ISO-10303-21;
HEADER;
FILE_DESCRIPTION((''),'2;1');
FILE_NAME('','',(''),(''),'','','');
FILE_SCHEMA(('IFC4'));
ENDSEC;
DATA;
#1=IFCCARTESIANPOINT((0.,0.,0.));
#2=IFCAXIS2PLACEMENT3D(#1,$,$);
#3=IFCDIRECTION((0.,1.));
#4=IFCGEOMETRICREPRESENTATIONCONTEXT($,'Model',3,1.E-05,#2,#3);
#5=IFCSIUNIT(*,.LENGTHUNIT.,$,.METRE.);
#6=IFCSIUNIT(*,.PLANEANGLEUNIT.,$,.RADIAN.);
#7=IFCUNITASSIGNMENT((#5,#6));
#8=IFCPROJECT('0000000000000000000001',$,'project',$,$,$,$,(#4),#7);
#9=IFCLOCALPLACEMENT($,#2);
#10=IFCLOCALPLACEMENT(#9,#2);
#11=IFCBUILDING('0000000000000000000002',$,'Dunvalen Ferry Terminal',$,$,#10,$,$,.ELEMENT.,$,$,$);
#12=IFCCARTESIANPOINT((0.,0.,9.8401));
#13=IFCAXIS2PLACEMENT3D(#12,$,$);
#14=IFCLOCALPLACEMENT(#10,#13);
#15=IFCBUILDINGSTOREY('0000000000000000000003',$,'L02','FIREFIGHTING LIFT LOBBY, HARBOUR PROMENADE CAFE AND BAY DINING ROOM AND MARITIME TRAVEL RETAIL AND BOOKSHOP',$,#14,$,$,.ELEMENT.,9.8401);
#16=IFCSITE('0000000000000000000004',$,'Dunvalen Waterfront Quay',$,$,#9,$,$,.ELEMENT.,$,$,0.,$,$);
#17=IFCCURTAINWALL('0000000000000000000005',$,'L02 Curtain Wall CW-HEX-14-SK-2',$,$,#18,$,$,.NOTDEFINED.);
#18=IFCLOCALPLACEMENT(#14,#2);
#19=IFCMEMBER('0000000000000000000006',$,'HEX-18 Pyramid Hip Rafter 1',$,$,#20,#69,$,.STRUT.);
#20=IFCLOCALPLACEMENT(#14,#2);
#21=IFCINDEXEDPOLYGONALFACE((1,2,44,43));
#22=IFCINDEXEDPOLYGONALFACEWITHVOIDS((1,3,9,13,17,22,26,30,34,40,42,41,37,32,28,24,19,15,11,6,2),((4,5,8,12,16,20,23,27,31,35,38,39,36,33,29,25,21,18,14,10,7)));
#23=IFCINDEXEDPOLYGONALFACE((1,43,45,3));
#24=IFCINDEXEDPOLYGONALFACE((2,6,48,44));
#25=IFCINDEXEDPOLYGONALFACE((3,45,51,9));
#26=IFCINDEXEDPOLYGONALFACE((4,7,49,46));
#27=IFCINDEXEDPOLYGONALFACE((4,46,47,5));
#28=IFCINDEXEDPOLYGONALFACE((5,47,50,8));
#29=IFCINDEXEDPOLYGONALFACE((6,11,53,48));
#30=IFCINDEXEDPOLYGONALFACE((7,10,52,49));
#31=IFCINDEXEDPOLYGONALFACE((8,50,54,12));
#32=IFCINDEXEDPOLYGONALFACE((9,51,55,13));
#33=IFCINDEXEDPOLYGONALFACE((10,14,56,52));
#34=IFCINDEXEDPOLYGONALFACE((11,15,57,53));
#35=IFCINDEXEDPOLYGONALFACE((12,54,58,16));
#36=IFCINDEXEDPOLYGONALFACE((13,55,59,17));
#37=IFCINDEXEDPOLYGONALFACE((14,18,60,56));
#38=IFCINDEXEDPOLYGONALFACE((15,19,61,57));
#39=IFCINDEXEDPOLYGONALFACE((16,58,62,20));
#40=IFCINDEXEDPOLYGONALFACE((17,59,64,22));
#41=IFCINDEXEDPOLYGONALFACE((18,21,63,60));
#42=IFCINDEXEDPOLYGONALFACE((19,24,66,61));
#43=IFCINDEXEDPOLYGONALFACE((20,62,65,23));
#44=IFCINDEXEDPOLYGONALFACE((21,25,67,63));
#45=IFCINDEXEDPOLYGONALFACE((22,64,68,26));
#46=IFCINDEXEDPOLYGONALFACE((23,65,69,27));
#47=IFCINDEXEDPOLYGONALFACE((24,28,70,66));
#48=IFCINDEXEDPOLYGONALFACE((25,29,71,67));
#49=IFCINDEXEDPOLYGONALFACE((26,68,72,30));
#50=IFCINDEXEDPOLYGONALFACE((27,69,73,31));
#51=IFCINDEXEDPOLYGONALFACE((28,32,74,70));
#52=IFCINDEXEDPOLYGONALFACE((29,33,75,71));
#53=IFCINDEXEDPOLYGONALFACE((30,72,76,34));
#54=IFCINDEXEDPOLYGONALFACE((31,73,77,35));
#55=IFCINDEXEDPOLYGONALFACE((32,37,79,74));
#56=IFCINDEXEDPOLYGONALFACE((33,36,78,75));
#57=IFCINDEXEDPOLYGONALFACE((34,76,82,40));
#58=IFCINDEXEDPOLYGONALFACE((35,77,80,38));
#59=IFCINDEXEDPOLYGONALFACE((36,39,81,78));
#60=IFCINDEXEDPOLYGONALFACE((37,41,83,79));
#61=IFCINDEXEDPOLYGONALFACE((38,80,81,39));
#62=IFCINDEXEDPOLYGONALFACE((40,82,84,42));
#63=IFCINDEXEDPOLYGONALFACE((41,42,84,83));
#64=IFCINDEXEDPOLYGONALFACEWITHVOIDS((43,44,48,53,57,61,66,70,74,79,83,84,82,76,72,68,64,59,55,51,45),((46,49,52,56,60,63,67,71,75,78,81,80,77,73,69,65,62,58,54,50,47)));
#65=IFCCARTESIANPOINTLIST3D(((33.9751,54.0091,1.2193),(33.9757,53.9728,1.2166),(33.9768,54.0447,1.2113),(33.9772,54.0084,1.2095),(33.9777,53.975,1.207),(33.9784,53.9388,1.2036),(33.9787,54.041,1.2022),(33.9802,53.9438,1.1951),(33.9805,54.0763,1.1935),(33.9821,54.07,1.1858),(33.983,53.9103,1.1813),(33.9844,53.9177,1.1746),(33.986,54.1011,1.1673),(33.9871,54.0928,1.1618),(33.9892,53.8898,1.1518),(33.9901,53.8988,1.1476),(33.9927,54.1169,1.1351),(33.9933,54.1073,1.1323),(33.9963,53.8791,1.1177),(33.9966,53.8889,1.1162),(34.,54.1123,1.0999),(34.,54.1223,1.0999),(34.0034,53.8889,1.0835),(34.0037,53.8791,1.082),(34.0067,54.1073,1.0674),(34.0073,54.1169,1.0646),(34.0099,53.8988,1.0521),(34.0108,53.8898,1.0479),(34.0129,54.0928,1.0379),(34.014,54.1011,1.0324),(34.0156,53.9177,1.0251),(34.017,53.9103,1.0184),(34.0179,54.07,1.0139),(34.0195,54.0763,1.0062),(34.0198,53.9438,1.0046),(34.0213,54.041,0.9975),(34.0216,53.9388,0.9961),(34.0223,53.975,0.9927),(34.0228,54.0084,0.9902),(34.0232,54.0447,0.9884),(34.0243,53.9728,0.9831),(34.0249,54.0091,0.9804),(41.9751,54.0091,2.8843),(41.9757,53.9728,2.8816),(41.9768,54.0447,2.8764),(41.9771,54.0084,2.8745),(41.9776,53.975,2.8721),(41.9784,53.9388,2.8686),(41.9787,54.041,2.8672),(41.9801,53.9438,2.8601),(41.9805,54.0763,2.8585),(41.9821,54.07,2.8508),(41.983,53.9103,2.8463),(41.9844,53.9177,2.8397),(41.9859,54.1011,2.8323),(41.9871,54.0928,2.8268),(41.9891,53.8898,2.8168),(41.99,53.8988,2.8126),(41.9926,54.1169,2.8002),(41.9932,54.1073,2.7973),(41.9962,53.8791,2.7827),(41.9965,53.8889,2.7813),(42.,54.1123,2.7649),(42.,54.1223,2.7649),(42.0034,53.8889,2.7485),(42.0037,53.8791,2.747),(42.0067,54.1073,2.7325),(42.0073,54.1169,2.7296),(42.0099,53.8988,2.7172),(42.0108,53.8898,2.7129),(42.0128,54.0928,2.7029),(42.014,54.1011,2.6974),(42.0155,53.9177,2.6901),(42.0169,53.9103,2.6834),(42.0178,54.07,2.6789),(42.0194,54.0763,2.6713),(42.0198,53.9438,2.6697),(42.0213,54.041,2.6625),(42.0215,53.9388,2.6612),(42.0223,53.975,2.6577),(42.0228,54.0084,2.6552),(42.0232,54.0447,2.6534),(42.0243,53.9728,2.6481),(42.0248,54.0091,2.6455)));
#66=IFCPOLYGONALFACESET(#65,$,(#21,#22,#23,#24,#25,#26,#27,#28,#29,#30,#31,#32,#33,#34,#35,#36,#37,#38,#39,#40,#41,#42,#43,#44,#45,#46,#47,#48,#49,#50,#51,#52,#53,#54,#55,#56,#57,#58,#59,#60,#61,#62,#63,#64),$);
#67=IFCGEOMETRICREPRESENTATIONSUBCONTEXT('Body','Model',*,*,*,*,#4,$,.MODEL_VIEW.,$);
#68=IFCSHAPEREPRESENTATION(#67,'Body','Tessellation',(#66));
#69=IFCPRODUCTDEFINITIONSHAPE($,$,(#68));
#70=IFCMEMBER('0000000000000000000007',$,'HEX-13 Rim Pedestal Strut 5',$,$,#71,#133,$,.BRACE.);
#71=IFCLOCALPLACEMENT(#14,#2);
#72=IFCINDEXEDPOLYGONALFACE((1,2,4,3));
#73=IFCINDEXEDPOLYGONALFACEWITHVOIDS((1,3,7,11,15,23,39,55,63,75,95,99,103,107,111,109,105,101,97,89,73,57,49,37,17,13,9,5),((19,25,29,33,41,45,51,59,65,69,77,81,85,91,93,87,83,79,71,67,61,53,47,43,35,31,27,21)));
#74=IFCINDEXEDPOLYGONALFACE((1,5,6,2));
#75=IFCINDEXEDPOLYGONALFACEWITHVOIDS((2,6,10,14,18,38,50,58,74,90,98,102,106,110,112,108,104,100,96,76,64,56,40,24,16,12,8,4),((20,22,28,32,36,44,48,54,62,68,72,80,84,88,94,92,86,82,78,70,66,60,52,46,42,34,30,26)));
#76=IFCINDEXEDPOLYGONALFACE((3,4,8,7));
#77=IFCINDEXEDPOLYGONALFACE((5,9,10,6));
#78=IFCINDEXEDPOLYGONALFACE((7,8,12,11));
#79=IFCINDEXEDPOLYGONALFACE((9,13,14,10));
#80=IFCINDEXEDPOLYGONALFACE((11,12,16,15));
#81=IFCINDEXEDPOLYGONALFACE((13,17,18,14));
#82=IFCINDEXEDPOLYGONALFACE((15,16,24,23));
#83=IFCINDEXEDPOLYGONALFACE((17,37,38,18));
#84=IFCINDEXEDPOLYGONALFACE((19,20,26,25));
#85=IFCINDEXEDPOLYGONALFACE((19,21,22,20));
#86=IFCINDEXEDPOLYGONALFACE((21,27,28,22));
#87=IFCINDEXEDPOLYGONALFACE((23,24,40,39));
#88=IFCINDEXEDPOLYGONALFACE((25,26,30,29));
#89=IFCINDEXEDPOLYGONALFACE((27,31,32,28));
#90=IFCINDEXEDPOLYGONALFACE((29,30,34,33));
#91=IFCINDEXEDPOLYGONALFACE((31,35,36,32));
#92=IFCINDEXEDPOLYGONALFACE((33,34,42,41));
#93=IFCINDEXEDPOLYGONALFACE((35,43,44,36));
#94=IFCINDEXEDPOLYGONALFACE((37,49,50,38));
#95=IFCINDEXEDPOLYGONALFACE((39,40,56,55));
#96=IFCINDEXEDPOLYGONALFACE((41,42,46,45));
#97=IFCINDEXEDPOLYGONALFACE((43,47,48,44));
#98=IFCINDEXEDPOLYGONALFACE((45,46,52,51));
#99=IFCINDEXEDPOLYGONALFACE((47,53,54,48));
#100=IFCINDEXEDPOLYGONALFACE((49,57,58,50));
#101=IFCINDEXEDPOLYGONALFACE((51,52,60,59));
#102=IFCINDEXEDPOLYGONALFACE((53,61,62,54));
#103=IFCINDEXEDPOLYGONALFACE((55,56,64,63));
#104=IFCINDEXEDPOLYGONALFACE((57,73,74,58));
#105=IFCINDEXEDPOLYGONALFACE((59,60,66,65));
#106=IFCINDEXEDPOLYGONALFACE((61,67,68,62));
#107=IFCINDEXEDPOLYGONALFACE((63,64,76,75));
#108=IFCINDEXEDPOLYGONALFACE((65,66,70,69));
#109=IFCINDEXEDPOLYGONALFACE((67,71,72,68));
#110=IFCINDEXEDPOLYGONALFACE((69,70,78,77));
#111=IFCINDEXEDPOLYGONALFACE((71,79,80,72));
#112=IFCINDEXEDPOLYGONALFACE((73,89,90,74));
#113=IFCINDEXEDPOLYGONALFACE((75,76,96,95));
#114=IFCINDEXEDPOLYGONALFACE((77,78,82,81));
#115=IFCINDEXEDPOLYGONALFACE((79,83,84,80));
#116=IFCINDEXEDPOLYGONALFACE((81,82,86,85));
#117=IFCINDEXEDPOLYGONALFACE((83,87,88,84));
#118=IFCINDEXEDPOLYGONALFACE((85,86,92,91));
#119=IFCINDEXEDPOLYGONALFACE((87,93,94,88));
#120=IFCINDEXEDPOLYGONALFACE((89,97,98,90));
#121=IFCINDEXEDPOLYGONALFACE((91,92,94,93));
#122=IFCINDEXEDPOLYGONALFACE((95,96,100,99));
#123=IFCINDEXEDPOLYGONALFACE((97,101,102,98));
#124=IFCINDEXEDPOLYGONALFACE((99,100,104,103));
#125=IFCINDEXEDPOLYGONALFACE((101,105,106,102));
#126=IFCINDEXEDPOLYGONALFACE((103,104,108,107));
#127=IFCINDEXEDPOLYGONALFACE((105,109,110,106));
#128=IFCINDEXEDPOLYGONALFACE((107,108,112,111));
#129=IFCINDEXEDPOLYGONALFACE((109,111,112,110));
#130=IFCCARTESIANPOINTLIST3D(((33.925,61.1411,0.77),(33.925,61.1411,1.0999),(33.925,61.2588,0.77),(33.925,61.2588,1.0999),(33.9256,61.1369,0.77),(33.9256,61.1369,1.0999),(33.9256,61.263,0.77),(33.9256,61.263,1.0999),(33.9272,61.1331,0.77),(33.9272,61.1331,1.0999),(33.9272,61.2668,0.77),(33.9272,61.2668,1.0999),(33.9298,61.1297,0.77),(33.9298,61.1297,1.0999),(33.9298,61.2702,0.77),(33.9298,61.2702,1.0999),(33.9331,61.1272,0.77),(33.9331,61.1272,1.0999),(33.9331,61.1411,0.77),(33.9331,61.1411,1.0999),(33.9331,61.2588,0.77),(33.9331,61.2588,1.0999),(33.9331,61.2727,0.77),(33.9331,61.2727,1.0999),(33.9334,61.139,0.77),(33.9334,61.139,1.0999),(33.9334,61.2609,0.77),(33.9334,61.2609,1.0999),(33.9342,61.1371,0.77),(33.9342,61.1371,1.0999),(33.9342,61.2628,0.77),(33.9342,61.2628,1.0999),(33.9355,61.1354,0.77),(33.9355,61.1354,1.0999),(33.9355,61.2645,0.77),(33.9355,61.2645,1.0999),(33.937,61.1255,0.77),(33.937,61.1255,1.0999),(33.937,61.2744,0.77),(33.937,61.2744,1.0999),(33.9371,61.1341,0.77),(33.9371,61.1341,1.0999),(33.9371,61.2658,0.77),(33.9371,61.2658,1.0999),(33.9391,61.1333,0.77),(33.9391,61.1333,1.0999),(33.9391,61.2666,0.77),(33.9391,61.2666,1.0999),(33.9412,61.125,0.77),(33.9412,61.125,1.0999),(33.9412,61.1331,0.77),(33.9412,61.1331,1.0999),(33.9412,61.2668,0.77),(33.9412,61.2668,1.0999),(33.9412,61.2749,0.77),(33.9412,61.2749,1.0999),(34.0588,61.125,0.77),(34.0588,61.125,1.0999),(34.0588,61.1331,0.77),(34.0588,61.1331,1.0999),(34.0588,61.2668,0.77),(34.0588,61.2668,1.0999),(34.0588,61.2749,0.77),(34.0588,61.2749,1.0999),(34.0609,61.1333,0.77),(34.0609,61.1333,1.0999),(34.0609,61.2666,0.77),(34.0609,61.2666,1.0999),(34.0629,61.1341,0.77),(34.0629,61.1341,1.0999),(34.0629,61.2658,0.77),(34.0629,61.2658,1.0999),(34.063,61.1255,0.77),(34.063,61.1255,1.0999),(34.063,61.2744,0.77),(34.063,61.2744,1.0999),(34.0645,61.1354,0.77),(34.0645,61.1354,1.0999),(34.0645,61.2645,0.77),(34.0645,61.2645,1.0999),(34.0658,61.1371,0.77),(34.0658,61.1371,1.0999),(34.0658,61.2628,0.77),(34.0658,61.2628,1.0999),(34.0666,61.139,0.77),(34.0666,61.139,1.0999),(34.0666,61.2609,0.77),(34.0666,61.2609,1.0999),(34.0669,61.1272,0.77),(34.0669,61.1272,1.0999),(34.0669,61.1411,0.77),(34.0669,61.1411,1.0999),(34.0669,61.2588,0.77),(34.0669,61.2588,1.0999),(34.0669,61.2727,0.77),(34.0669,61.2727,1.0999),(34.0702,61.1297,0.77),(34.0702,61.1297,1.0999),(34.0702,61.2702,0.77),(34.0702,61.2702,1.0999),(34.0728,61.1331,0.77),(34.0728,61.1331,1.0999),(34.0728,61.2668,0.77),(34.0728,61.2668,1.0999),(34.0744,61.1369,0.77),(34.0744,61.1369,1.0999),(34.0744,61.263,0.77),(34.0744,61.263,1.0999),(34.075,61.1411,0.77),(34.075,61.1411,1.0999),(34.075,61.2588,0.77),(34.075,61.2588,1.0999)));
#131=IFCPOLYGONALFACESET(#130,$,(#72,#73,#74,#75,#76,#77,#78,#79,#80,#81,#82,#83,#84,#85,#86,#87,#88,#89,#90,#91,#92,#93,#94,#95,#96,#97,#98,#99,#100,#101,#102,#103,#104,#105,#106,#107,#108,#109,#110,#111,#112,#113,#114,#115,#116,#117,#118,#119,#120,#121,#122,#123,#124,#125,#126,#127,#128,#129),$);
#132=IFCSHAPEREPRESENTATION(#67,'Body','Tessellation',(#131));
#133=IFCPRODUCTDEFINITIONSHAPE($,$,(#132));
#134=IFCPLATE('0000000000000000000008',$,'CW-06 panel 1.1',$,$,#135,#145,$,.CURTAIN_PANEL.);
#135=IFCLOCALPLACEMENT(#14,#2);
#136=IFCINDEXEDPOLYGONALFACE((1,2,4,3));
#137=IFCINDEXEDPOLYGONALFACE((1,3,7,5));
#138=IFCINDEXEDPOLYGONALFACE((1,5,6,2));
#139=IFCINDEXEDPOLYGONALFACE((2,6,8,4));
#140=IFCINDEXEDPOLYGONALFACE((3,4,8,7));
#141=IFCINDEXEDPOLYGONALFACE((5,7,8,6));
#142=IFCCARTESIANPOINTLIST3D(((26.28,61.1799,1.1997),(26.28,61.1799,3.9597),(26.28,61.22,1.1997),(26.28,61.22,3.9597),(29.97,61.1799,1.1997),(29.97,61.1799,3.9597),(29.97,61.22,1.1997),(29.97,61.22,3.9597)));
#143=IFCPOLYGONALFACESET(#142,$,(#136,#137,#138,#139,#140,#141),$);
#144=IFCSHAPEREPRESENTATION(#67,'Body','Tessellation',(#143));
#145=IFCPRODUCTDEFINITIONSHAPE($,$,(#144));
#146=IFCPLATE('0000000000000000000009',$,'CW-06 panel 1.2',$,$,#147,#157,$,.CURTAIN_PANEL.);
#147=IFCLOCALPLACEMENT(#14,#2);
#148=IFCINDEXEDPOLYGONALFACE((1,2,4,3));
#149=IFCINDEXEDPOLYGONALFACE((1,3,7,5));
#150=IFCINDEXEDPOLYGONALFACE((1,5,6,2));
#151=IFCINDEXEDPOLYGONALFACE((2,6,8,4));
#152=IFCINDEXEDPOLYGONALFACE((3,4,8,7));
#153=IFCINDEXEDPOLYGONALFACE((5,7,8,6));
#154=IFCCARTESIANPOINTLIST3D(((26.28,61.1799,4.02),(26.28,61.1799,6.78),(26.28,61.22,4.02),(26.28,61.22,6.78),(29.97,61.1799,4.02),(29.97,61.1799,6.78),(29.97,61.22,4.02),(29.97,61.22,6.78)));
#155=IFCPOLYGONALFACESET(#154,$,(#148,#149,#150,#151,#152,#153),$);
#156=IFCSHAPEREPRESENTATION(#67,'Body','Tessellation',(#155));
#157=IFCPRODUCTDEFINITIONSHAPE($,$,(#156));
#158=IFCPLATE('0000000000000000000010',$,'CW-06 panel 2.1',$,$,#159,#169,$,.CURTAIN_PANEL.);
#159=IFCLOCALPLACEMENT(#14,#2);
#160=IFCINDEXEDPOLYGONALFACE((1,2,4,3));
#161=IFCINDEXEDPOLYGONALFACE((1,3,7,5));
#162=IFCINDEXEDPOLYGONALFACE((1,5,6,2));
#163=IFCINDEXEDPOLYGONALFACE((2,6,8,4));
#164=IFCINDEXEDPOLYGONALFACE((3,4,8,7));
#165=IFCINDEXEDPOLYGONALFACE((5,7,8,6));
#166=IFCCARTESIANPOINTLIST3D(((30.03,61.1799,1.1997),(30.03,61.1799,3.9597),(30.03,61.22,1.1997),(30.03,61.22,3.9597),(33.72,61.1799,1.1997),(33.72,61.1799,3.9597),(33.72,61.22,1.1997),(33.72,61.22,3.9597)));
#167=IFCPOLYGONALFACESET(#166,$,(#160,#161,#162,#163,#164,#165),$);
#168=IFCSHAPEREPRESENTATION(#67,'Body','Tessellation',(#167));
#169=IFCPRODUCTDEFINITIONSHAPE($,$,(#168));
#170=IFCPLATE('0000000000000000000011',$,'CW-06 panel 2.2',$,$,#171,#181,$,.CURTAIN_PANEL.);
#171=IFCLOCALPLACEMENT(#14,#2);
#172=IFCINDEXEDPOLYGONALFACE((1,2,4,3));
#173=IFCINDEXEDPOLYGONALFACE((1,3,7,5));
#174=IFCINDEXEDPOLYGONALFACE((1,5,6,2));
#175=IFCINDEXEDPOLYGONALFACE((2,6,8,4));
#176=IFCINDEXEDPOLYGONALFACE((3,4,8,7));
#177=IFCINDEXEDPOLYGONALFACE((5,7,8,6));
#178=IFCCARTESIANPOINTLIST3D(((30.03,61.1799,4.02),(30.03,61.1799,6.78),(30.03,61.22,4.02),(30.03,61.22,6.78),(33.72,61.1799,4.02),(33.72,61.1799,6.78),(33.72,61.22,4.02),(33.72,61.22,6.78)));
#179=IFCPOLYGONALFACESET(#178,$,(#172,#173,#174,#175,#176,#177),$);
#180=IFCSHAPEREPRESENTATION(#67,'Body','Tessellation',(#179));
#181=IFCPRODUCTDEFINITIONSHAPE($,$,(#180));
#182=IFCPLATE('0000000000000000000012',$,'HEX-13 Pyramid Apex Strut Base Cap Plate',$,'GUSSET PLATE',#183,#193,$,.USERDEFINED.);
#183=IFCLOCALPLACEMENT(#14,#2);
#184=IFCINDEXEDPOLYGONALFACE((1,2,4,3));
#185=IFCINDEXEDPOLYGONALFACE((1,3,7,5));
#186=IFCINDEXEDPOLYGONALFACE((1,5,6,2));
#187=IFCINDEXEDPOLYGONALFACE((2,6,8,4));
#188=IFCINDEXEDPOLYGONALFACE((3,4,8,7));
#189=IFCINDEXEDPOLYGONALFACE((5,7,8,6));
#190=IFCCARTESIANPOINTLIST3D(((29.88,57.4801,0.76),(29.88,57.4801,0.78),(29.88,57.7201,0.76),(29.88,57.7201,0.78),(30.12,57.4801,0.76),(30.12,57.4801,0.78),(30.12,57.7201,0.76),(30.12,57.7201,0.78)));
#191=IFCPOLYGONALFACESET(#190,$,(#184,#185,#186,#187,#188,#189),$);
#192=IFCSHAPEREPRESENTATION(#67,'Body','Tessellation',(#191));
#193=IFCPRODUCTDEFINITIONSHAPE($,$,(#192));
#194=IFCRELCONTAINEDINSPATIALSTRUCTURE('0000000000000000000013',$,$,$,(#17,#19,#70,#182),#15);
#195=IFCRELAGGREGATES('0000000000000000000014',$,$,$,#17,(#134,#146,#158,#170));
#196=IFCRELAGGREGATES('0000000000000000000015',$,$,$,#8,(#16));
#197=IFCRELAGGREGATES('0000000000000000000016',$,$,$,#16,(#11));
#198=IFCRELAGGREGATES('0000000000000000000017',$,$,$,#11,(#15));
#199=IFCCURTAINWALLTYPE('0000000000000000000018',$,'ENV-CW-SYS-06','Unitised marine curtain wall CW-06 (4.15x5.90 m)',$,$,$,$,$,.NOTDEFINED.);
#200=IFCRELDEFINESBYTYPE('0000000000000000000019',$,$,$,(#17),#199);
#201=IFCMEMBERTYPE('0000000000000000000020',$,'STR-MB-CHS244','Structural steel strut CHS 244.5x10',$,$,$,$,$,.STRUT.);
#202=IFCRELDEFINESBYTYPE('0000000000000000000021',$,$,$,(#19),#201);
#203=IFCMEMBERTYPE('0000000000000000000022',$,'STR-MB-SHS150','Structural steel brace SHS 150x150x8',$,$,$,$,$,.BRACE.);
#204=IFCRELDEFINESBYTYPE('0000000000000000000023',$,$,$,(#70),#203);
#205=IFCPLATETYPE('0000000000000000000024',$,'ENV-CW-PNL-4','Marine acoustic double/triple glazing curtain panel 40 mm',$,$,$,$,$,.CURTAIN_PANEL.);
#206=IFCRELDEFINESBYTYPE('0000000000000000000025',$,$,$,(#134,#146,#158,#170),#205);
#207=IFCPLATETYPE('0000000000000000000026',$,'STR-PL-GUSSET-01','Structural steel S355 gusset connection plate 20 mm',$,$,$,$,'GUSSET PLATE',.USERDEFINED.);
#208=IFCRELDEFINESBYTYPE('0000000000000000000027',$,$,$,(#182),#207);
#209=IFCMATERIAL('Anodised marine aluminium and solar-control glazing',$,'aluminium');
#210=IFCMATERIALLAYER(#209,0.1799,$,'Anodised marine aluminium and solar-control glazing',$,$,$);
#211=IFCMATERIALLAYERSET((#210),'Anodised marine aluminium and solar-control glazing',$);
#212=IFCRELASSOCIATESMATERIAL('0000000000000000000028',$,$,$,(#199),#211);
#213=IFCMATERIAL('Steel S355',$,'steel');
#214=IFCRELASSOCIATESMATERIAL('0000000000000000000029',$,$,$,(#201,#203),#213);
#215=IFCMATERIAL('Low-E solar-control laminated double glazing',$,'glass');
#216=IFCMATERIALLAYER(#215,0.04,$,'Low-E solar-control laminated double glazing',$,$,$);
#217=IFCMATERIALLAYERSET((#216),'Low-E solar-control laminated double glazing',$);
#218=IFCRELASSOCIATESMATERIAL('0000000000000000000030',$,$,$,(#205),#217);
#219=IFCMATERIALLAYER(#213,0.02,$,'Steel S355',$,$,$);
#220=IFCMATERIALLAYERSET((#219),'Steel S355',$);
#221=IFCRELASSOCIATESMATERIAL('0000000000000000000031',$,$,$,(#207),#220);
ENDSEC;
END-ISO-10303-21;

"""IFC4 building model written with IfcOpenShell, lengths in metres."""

from ifc_helpers import new_model, si_unit, direction, frame, origin, origin_2d, place, context, subcontext, project, spatial, rectangle, hollow_rectangle, hollow_circle, extrude, material, layer, layer_set, material_profile, profile_set, type_object, element, aggregate, save


model = new_model("IFC4")

# Units and contexts
model_context = context("Model", 3, precision=1e-05, world=origin(), true_north=direction((0.0, 1.0)))
body_context = subcontext(model_context, "Body", "Model", "MODEL_VIEW")
ifc_project = project(units=[si_unit("LENGTHUNIT", "METRE"), si_unit("PLANEANGLEUNIT", "RADIAN")], contexts=[model_context])

# Site, building, storey
site_placement = place(None, origin())
site = spatial("IfcSite", under=ifc_project, at=site_placement, Name="Dunvalen Waterfront Quay", CompositionType="ELEMENT", RefElevation=0.0)
building_placement = place(site_placement, origin())
building = spatial("IfcBuilding", under=site, at=building_placement, Name="Dunvalen Ferry Terminal", CompositionType="ELEMENT")
storey_placement = place(building_placement, frame((0.0, 0.0, 9.8401)))
storey = spatial("IfcBuildingStorey", under=building, at=storey_placement, Name="L02", Description="FIREFIGHTING LIFT LOBBY, HARBOUR PROMENADE CAFE AND BAY DINING ROOM AND MARITIME TRAVEL RETAIL AND BOOKSHOP", CompositionType="ELEMENT", Elevation=9.8401)

# Curtain wall
ifc_material_1 = material(Name="Anodised marine aluminium and solar-control glazing", Category="aluminium")
ifc_layer_1 = layer(ifc_material_1, 0.1799, Name="Anodised marine aluminium and solar-control glazing")
ifc_layer_set_1 = layer_set([ifc_layer_1], Name="Anodised marine aluminium and solar-control glazing")
curtain_wall_type = type_object("IfcCurtainWallType", Name="ENV-CW-SYS-06", Description="Unitised marine curtain wall CW-06 (4.15x5.90 m)", PredefinedType="NOTDEFINED", material=ifc_layer_set_1)
curtain_wall_placement = place(storey_placement, origin())
curtain_wall = element("IfcCurtainWall", 1, at=curtain_wall_placement, inside=storey, type_object=curtain_wall_type, Name="L02 Curtain Wall CW-HEX-14-SK-2", PredefinedType="NOTDEFINED")

# Members
ifc_material_2 = material(Name="Steel S355", Category="steel")
ifc_material_profile_1 = material_profile(ifc_material_2, hollow_circle(Radius=0.1223, WallThickness=0.01, at=origin_2d()), Name="Steel S355")
ifc_profile_set_1 = profile_set([ifc_material_profile_1], Name="Steel S355")
member_type_1 = type_object("IfcMemberType", Name="STR-MB-CHS244", Description="Structural steel strut CHS 244.5x10", PredefinedType="STRUT", material=ifc_profile_set_1)
member_1_placement = place(storey_placement, frame((34.0, 54.0, 1.0999), z_axis=(0.97902, 0.0, 0.203763), x_axis=(0.0, 1.0, 0.0)))
element("IfcMember", 2, at=member_1_placement, inside=storey, type_object=member_type_1, Name="HEX-18 Pyramid Hip Rafter 1", PredefinedType="STRUT", context=body_context, shape_type="SweptSolid", body=[
    extrude(hollow_circle(Radius=0.1223, WallThickness=0.01, at=origin_2d()), origin(), (0.0, 0.0, 1.0), 8.1714),
])
ifc_material_profile_2 = material_profile(ifc_material_2, hollow_rectangle(XDim=0.1499, YDim=0.1499, WallThickness=0.0081, InnerFilletRadius=0.0081, OuterFilletRadius=0.0161, at=origin_2d()), Name="Steel S355")
ifc_profile_set_2 = profile_set([ifc_material_profile_2], Name="Steel S355")
member_type_2 = type_object("IfcMemberType", Name="STR-MB-SHS150", Description="Structural steel brace SHS 150x150x8", PredefinedType="BRACE", material=ifc_profile_set_2)
member_2_placement = place(storey_placement, frame((34.0, 61.2, 0.77), z_axis=(0.0, 0.0, 1.0), x_axis=(1.0, 0.0, 0.0)))
element("IfcMember", 3, at=member_2_placement, inside=storey, type_object=member_type_2, Name="HEX-13 Rim Pedestal Strut 5", PredefinedType="BRACE", context=body_context, shape_type="SweptSolid", body=[
    extrude(hollow_rectangle(XDim=0.1499, YDim=0.1499, WallThickness=0.0081, InnerFilletRadius=0.0081, OuterFilletRadius=0.0161, at=origin_2d()), origin(), (0.0, 0.0, 1.0), 0.3298),
])

# Plates
ifc_material_3 = material(Name="Low-E solar-control laminated double glazing", Category="glass")
ifc_layer_2 = layer(ifc_material_3, 0.04, Name="Low-E solar-control laminated double glazing")
ifc_layer_set_2 = layer_set([ifc_layer_2], Name="Low-E solar-control laminated double glazing")
plate_type_1 = type_object("IfcPlateType", Name="ENV-CW-PNL-4", Description="Marine acoustic double/triple glazing curtain panel 40 mm", PredefinedType="CURTAIN_PANEL", material=ifc_layer_set_2)
plate_1_placement = place(storey_placement, frame((28.125, 61.2, 1.1997), z_axis=(0.0, 0.0, 1.0), x_axis=(1.0, 0.0, 0.0)))
plate_1 = element("IfcPlate", 4, at=plate_1_placement, type_object=plate_type_1, Name="CW-06 panel 1.1", PredefinedType="CURTAIN_PANEL", context=body_context, shape_type="SweptSolid", body=[
    extrude(rectangle(XDim=3.6899, YDim=0.04, at=origin_2d()), origin(), (0.0, 0.0, 1.0), 2.76),
])
plate_2_placement = place(storey_placement, frame((28.125, 61.2, 4.02), z_axis=(0.0, 0.0, 1.0), x_axis=(1.0, 0.0, 0.0)))
plate_2 = element("IfcPlate", 5, at=plate_2_placement, type_object=plate_type_1, Name="CW-06 panel 1.2", PredefinedType="CURTAIN_PANEL", context=body_context, shape_type="SweptSolid", body=[
    extrude(rectangle(XDim=3.6899, YDim=0.04, at=origin_2d()), origin(), (0.0, 0.0, 1.0), 2.76),
])
plate_3_placement = place(storey_placement, frame((31.875, 61.2, 1.1997), z_axis=(0.0, 0.0, 1.0), x_axis=(1.0, 0.0, 0.0)))
plate_3 = element("IfcPlate", 6, at=plate_3_placement, type_object=plate_type_1, Name="CW-06 panel 2.1", PredefinedType="CURTAIN_PANEL", context=body_context, shape_type="SweptSolid", body=[
    extrude(rectangle(XDim=3.6899, YDim=0.04, at=origin_2d()), origin(), (0.0, 0.0, 1.0), 2.76),
])
plate_4_placement = place(storey_placement, frame((31.875, 61.2, 4.02), z_axis=(0.0, 0.0, 1.0), x_axis=(1.0, 0.0, 0.0)))
plate_4 = element("IfcPlate", 7, at=plate_4_placement, type_object=plate_type_1, Name="CW-06 panel 2.2", PredefinedType="CURTAIN_PANEL", context=body_context, shape_type="SweptSolid", body=[
    extrude(rectangle(XDim=3.6899, YDim=0.04, at=origin_2d()), origin(), (0.0, 0.0, 1.0), 2.76),
])
aggregate(curtain_wall, [plate_1, plate_2, plate_3, plate_4])

# Plate
ifc_layer_3 = layer(ifc_material_2, 0.02, Name="Steel S355")
ifc_layer_set_3 = layer_set([ifc_layer_3], Name="Steel S355")
plate_type_2 = type_object("IfcPlateType", Name="STR-PL-GUSSET-01", Description="Structural steel S355 gusset connection plate 20 mm", ElementType="GUSSET PLATE", PredefinedType="USERDEFINED", material=ifc_layer_set_3)
plate_5_placement = place(storey_placement, frame((30.0, 57.6001, 0.76), z_axis=(0.0, 0.0, 1.0), x_axis=(1.0, 0.0, 0.0)))
element("IfcPlate", 8, at=plate_5_placement, inside=storey, type_object=plate_type_2, Name="HEX-13 Pyramid Apex Strut Base Cap Plate", ObjectType="GUSSET PLATE", PredefinedType="USERDEFINED", context=body_context, shape_type="SweptSolid", body=[
    extrude(rectangle(XDim=0.24, YDim=0.24, at=origin_2d()), origin(), (0.0, 0.0, 1.0), 0.02),
])

save(model, "model.ifc")
